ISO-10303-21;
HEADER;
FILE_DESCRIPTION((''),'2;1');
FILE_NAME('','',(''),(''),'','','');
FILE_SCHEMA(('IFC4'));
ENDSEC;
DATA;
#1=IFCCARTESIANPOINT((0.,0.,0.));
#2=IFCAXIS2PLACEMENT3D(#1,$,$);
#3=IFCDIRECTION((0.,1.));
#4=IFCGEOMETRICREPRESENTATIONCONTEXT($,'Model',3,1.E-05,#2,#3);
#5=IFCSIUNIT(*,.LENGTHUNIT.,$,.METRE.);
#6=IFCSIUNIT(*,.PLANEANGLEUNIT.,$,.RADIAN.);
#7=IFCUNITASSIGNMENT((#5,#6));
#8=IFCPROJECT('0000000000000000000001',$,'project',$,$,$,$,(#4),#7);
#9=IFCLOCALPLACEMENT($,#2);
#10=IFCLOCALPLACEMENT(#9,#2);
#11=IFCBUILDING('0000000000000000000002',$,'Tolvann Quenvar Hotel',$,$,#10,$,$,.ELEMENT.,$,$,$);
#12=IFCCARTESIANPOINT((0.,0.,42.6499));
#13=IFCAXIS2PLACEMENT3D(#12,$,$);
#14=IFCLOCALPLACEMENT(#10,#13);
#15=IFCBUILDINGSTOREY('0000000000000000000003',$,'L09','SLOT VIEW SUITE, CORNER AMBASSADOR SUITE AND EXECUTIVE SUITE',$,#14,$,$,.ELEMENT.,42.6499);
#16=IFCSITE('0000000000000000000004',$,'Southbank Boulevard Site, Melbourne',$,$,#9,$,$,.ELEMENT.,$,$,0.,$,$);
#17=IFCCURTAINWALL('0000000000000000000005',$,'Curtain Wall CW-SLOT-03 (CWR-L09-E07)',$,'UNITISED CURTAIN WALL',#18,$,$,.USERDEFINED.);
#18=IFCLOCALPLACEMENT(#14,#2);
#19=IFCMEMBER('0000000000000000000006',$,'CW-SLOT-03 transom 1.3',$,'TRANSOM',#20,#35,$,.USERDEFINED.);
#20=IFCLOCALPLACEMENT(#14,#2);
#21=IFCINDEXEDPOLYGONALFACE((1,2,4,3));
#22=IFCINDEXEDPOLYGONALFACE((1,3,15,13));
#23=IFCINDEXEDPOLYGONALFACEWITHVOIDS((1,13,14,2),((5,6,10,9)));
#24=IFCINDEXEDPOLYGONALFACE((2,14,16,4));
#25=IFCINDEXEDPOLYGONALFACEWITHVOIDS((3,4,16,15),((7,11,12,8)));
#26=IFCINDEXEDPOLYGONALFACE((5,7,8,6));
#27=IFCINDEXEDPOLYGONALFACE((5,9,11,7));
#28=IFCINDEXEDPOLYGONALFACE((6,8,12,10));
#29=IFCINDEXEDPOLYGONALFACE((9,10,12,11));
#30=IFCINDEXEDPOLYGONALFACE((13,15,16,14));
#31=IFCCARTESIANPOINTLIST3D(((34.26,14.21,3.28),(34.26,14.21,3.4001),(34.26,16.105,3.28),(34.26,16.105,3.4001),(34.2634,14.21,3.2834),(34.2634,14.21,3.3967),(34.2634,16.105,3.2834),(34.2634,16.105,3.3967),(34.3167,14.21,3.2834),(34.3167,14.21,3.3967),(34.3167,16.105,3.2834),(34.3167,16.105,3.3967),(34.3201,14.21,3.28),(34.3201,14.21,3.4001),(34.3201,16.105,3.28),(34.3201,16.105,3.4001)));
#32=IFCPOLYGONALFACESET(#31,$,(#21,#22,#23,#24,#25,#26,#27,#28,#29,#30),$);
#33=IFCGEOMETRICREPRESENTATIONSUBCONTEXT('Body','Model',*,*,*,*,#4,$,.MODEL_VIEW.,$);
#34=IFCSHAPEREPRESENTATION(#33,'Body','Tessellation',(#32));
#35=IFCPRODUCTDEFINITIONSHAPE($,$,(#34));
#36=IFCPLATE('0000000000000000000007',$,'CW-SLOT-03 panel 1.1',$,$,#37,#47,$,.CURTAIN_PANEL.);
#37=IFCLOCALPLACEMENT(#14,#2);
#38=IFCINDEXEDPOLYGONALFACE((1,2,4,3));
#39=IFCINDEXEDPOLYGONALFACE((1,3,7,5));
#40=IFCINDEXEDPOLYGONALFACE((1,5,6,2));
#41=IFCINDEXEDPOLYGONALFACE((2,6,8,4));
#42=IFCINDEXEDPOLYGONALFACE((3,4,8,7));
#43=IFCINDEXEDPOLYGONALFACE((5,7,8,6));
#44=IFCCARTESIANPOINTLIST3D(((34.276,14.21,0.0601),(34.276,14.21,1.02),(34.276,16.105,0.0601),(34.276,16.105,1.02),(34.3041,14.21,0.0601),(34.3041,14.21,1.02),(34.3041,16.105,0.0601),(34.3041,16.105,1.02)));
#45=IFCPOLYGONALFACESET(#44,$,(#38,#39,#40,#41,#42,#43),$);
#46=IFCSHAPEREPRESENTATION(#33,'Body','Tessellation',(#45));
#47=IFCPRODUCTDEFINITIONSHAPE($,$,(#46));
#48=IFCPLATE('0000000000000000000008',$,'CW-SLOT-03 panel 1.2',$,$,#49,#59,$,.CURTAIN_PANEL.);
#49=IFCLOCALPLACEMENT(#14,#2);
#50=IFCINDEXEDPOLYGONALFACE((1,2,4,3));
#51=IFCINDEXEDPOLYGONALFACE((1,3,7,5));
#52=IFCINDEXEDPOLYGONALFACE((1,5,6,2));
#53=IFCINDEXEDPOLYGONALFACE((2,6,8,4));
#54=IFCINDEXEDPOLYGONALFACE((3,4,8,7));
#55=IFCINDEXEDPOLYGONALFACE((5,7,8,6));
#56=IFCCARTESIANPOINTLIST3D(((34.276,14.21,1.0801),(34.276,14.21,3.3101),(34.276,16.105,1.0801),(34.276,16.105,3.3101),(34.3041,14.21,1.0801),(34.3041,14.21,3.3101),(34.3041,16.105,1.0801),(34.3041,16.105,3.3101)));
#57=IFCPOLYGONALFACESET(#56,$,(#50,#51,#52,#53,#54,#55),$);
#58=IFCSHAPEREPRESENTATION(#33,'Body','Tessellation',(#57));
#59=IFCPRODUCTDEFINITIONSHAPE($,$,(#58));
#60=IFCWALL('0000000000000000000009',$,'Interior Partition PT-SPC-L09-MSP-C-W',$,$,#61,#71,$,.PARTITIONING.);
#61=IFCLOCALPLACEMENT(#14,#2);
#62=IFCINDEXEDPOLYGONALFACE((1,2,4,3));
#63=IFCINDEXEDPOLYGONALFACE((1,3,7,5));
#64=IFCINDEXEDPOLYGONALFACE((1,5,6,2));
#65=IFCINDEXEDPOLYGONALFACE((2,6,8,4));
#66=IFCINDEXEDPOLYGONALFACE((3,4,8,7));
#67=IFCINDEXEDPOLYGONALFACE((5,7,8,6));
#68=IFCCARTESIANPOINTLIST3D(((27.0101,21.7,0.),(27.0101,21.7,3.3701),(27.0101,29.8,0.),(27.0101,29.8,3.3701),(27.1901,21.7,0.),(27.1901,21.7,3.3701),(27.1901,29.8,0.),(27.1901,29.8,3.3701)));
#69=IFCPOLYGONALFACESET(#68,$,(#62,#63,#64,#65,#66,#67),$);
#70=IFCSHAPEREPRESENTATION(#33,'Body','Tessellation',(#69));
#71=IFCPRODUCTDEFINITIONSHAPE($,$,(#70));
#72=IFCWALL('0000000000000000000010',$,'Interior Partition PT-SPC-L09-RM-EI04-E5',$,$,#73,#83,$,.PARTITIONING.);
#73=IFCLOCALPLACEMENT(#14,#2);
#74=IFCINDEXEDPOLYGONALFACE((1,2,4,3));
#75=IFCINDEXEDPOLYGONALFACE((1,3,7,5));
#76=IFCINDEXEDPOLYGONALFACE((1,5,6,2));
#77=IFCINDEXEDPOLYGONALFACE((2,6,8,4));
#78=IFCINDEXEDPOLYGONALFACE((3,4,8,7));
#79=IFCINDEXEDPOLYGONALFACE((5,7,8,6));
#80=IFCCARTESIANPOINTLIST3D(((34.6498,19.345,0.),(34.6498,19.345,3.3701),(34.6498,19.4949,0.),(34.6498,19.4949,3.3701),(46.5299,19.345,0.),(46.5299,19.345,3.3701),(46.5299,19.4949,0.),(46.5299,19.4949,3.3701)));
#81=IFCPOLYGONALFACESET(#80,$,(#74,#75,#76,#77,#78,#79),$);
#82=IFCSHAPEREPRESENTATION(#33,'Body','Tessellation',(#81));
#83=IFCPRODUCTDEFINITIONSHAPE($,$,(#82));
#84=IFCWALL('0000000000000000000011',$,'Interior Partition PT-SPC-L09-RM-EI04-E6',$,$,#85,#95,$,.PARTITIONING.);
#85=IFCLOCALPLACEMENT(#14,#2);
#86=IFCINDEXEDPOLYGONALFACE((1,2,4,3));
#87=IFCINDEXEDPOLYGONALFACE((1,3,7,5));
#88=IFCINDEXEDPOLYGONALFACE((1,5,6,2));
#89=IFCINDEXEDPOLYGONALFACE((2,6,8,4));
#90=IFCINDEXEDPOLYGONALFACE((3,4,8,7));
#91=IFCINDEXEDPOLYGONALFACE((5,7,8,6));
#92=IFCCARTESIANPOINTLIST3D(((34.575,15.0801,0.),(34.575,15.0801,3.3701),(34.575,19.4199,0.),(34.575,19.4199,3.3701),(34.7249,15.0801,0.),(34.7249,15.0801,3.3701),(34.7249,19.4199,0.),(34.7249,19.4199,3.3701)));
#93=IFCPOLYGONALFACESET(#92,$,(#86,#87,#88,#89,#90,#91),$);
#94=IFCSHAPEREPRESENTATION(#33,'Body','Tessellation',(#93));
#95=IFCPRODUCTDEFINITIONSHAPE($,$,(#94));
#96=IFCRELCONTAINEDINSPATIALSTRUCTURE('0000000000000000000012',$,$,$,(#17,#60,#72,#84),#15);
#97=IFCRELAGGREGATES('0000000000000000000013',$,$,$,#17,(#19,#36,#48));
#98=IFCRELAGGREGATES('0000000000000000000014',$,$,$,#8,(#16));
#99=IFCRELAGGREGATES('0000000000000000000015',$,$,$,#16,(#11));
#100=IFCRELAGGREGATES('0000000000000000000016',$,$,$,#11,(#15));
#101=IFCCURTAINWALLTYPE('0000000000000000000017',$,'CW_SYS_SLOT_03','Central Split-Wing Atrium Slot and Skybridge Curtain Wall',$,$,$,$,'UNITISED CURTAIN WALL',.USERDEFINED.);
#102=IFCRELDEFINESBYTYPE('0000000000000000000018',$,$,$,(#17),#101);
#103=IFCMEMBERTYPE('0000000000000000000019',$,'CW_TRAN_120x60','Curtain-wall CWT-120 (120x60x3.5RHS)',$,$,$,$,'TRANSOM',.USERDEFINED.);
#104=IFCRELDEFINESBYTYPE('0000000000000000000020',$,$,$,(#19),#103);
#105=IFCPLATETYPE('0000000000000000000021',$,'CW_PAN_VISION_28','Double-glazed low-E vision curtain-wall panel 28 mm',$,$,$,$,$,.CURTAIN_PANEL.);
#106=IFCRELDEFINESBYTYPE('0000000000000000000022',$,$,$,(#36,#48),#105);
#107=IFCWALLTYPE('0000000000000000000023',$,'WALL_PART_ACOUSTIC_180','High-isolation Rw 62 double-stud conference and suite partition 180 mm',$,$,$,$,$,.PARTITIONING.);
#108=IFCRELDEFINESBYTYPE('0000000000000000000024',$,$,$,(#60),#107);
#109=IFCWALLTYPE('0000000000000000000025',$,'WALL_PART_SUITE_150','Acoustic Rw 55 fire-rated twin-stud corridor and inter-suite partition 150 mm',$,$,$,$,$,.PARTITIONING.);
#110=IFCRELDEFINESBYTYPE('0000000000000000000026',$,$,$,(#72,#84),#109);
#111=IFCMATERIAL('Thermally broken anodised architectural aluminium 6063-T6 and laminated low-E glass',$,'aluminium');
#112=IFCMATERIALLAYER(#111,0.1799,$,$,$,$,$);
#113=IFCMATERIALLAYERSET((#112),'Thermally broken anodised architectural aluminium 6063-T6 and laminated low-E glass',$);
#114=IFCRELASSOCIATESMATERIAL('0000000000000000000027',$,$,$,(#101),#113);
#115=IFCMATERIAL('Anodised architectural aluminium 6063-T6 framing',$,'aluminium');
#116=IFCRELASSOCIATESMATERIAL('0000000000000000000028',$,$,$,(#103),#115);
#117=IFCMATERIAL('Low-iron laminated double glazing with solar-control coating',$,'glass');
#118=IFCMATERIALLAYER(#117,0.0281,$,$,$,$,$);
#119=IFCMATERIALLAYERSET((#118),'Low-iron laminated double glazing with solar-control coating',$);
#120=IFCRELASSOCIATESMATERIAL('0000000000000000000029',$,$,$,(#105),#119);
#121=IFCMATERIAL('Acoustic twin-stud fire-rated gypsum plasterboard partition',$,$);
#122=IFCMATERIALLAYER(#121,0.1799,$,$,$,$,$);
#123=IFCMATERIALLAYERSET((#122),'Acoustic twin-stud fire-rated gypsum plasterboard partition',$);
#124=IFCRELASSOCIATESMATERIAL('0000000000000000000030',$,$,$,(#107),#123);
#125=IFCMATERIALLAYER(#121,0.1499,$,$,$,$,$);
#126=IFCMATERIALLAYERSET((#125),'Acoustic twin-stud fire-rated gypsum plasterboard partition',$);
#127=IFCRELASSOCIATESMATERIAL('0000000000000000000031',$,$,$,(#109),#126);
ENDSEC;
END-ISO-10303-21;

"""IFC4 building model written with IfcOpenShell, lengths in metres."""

from ifc_helpers import new_model, si_unit, direction, frame, frame_2d, origin, origin_2d, place, context, subcontext, project, spatial, rectangle, hollow_rectangle, extrude, source, transform, mapped, material, layer, layer_set, material_profile, profile_set, type_object, type_shapes, element, aggregate, save


model = new_model("IFC4")

# Units and contexts
model_context = context("Model", 3, precision=1e-05, world=origin(), true_north=direction((0.0, 1.0)))
body_context = subcontext(model_context, "Body", "Model", "MODEL_VIEW")
ifc_project = project(units=[si_unit("LENGTHUNIT", "METRE"), si_unit("PLANEANGLEUNIT", "RADIAN")], contexts=[model_context])

# Site, building, storey
site_placement = place(None, origin())
site = spatial("IfcSite", under=ifc_project, at=site_placement, Name="Southbank Boulevard Site, Melbourne", CompositionType="ELEMENT", RefElevation=0.0)
building_placement = place(site_placement, origin())
building = spatial("IfcBuilding", under=site, at=building_placement, Name="Tolvann Quenvar Hotel", CompositionType="ELEMENT")
storey_placement = place(building_placement, frame((0.0, 0.0, 42.6499)))
storey = spatial("IfcBuildingStorey", under=building, at=storey_placement, Name="L09", Description="SLOT VIEW SUITE, CORNER AMBASSADOR SUITE AND EXECUTIVE SUITE", CompositionType="ELEMENT", Elevation=42.6499)

# Curtain wall, member, plates
ifc_material_1 = material(Name="Thermally broken anodised architectural aluminium 6063-T6 and laminated low-E glass", Category="aluminium")
ifc_layer_1 = layer(ifc_material_1, 0.1799)
ifc_layer_set_1 = layer_set([ifc_layer_1], Name="Thermally broken anodised architectural aluminium 6063-T6 and laminated low-E glass")
curtain_wall_type = type_object("IfcCurtainWallType", Name="CW_SYS_SLOT_03", Description="Central Split-Wing Atrium Slot and Skybridge Curtain Wall", ElementType="UNITISED CURTAIN WALL", PredefinedType="USERDEFINED", material=ifc_layer_set_1)
curtain_wall_placement = place(storey_placement, origin())
curtain_wall = element("IfcCurtainWall", 1, at=curtain_wall_placement, inside=storey, type_object=curtain_wall_type, Name="Curtain Wall CW-SLOT-03 (CWR-L09-E07)", ObjectType="UNITISED CURTAIN WALL", PredefinedType="USERDEFINED")
ifc_material_2 = material(Name="Anodised architectural aluminium 6063-T6 framing", Category="aluminium")
ifc_material_profile_1 = material_profile(ifc_material_2, hollow_rectangle(XDim=0.0601, YDim=0.1201, WallThickness=0.0034, at=origin_2d()), Name="120x60x3.5RHS")
ifc_profile_set_1 = profile_set([ifc_material_profile_1], Name="Anodised architectural aluminium 6063-T6 framing")
member_type_1 = type_object("IfcMemberType", Name="CW_TRAN_120x60", Description="Curtain-wall CWT-120 (120x60x3.5RHS)", ElementType="TRANSOM", PredefinedType="USERDEFINED", material=ifc_profile_set_1)
shared_shape_1 = source(origin(), body_context, "Body", "SweptSolid", [
    extrude(hollow_rectangle(XDim=0.0601, YDim=0.1201, WallThickness=0.0034, at=origin_2d()), origin(), (0.0, 0.0, 1.0), 1.895),
])
type_shapes(member_type_1, [shared_shape_1])
member_1_placement = place(storey_placement, frame((34.29, 16.105, 3.3401), z_axis=(0.0, -1.0, 0.0), x_axis=(1.0, 0.0, 0.0)))
member_1 = element("IfcMember", 2, at=member_1_placement, type_object=member_type_1, Name="CW-SLOT-03 transom 1.3", ObjectType="TRANSOM", PredefinedType="USERDEFINED", context=body_context, shape_type="MappedRepresentation", body=[
    mapped(shared_shape_1, transform((0.0, 0.0, 0.0), x_axis=(1.0, 0.0, 0.0), y_axis=(0.0, 1.0, 0.0), z_axis=(0.0, 0.0, 1.0), scale=1.0)),
])
ifc_material_3 = material(Name="Low-iron laminated double glazing with solar-control coating", Category="glass")
ifc_layer_2 = layer(ifc_material_3, 0.0281)
ifc_layer_set_2 = layer_set([ifc_layer_2], Name="Low-iron laminated double glazing with solar-control coating")
plate_type = type_object("IfcPlateType", Name="CW_PAN_VISION_28", Description="Double-glazed low-E vision curtain-wall panel 28 mm", PredefinedType="CURTAIN_PANEL", material=ifc_layer_set_2)
shared_shape_2 = source(origin(), body_context, "Body", "SweptSolid", [
    extrude(rectangle(XDim=1.895, YDim=0.0281, at=origin_2d()), origin(), (0.0, 0.0, 1.0), 0.96),
])
plate_1_placement = place(storey_placement, frame((34.29, 15.1575, 0.0601), z_axis=(0.0, 0.0, 1.0), x_axis=(0.0, -1.0, 0.0)))
plate_1 = element("IfcPlate", 3, at=plate_1_placement, type_object=plate_type, Name="CW-SLOT-03 panel 1.1", PredefinedType="CURTAIN_PANEL", context=body_context, shape_type="MappedRepresentation", body=[
    mapped(shared_shape_2, transform((0.0, 0.0, 0.0), x_axis=(1.0, 0.0, 0.0), y_axis=(0.0, 1.0, 0.0), z_axis=(0.0, 0.0, 1.0), scale=1.0)),
])
shared_shape_3 = source(origin(), body_context, "Body", "SweptSolid", [
    extrude(rectangle(XDim=1.895, YDim=0.0281, at=origin_2d()), origin(), (0.0, 0.0, 1.0), 2.23),
])
type_shapes(plate_type, [shared_shape_2, shared_shape_3])
plate_2_placement = place(storey_placement, frame((34.29, 15.1575, 1.0801), z_axis=(0.0, 0.0, 1.0), x_axis=(0.0, -1.0, 0.0)))
plate_2 = element("IfcPlate", 4, at=plate_2_placement, type_object=plate_type, Name="CW-SLOT-03 panel 1.2", PredefinedType="CURTAIN_PANEL", context=body_context, shape_type="MappedRepresentation", body=[
    mapped(shared_shape_3, transform((0.0, 0.0, 0.0), x_axis=(1.0, 0.0, 0.0), y_axis=(0.0, 1.0, 0.0), z_axis=(0.0, 0.0, 1.0), scale=1.0)),
])
aggregate(curtain_wall, [member_1, plate_1, plate_2])

# Shared definitions
ifc_material_4 = material(Name="Acoustic twin-stud fire-rated gypsum plasterboard partition")
ifc_layer_3 = layer(ifc_material_4, 0.1799)
ifc_layer_set_3 = layer_set([ifc_layer_3], Name="Acoustic twin-stud fire-rated gypsum plasterboard partition")
wall_type_1 = type_object("IfcWallType", Name="WALL_PART_ACOUSTIC_180", Description="High-isolation Rw 62 double-stud conference and suite partition 180 mm", PredefinedType="PARTITIONING", material=ifc_layer_set_3)

# Walls
wall_1_placement = place(storey_placement, frame((27.1001, 21.7, 0.0), z_axis=(0.0, 0.0, 1.0), x_axis=(0.0, 1.0, 0.0)))
element("IfcWall", 5, at=wall_1_placement, inside=storey, type_object=wall_type_1, Name="Interior Partition PT-SPC-L09-MSP-C-W", PredefinedType="PARTITIONING", context=body_context, shape_type="SweptSolid", body=[
    extrude(rectangle(XDim=8.1001, YDim=0.1799, at=frame_2d((4.05, 0.0))), origin(), (0.0, 0.0, 1.0), 3.3701),
])
ifc_layer_4 = layer(ifc_material_4, 0.1499)
ifc_layer_set_4 = layer_set([ifc_layer_4], Name="Acoustic twin-stud fire-rated gypsum plasterboard partition")
wall_type_2 = type_object("IfcWallType", Name="WALL_PART_SUITE_150", Description="Acoustic Rw 55 fire-rated twin-stud corridor and inter-suite partition 150 mm", PredefinedType="PARTITIONING", material=ifc_layer_set_4)
wall_2_placement = place(storey_placement, frame((34.6499, 19.4199, 0.0), z_axis=(0.0, 0.0, 1.0), x_axis=(1.0, 0.0, 0.0)))
element("IfcWall", 6, at=wall_2_placement, inside=storey, type_object=wall_type_2, Name="Interior Partition PT-SPC-L09-RM-EI04-E5", PredefinedType="PARTITIONING", context=body_context, shape_type="SweptSolid", body=[
    extrude(rectangle(XDim=11.8801, YDim=0.1499, at=frame_2d((5.9399, 0.0))), origin(), (0.0, 0.0, 1.0), 3.3701),
])
wall_3_placement = place(storey_placement, frame((34.6499, 15.0801, 0.0), z_axis=(0.0, 0.0, 1.0), x_axis=(0.0, 1.0, 0.0)))
element("IfcWall", 7, at=wall_3_placement, inside=storey, type_object=wall_type_2, Name="Interior Partition PT-SPC-L09-RM-EI04-E6", PredefinedType="PARTITIONING", context=body_context, shape_type="SweptSolid", body=[
    extrude(rectangle(XDim=4.3398, YDim=0.1499, at=frame_2d((2.1699, 0.0))), origin(), (0.0, 0.0, 1.0), 3.3701),
])

save(model, "model.ifc")
